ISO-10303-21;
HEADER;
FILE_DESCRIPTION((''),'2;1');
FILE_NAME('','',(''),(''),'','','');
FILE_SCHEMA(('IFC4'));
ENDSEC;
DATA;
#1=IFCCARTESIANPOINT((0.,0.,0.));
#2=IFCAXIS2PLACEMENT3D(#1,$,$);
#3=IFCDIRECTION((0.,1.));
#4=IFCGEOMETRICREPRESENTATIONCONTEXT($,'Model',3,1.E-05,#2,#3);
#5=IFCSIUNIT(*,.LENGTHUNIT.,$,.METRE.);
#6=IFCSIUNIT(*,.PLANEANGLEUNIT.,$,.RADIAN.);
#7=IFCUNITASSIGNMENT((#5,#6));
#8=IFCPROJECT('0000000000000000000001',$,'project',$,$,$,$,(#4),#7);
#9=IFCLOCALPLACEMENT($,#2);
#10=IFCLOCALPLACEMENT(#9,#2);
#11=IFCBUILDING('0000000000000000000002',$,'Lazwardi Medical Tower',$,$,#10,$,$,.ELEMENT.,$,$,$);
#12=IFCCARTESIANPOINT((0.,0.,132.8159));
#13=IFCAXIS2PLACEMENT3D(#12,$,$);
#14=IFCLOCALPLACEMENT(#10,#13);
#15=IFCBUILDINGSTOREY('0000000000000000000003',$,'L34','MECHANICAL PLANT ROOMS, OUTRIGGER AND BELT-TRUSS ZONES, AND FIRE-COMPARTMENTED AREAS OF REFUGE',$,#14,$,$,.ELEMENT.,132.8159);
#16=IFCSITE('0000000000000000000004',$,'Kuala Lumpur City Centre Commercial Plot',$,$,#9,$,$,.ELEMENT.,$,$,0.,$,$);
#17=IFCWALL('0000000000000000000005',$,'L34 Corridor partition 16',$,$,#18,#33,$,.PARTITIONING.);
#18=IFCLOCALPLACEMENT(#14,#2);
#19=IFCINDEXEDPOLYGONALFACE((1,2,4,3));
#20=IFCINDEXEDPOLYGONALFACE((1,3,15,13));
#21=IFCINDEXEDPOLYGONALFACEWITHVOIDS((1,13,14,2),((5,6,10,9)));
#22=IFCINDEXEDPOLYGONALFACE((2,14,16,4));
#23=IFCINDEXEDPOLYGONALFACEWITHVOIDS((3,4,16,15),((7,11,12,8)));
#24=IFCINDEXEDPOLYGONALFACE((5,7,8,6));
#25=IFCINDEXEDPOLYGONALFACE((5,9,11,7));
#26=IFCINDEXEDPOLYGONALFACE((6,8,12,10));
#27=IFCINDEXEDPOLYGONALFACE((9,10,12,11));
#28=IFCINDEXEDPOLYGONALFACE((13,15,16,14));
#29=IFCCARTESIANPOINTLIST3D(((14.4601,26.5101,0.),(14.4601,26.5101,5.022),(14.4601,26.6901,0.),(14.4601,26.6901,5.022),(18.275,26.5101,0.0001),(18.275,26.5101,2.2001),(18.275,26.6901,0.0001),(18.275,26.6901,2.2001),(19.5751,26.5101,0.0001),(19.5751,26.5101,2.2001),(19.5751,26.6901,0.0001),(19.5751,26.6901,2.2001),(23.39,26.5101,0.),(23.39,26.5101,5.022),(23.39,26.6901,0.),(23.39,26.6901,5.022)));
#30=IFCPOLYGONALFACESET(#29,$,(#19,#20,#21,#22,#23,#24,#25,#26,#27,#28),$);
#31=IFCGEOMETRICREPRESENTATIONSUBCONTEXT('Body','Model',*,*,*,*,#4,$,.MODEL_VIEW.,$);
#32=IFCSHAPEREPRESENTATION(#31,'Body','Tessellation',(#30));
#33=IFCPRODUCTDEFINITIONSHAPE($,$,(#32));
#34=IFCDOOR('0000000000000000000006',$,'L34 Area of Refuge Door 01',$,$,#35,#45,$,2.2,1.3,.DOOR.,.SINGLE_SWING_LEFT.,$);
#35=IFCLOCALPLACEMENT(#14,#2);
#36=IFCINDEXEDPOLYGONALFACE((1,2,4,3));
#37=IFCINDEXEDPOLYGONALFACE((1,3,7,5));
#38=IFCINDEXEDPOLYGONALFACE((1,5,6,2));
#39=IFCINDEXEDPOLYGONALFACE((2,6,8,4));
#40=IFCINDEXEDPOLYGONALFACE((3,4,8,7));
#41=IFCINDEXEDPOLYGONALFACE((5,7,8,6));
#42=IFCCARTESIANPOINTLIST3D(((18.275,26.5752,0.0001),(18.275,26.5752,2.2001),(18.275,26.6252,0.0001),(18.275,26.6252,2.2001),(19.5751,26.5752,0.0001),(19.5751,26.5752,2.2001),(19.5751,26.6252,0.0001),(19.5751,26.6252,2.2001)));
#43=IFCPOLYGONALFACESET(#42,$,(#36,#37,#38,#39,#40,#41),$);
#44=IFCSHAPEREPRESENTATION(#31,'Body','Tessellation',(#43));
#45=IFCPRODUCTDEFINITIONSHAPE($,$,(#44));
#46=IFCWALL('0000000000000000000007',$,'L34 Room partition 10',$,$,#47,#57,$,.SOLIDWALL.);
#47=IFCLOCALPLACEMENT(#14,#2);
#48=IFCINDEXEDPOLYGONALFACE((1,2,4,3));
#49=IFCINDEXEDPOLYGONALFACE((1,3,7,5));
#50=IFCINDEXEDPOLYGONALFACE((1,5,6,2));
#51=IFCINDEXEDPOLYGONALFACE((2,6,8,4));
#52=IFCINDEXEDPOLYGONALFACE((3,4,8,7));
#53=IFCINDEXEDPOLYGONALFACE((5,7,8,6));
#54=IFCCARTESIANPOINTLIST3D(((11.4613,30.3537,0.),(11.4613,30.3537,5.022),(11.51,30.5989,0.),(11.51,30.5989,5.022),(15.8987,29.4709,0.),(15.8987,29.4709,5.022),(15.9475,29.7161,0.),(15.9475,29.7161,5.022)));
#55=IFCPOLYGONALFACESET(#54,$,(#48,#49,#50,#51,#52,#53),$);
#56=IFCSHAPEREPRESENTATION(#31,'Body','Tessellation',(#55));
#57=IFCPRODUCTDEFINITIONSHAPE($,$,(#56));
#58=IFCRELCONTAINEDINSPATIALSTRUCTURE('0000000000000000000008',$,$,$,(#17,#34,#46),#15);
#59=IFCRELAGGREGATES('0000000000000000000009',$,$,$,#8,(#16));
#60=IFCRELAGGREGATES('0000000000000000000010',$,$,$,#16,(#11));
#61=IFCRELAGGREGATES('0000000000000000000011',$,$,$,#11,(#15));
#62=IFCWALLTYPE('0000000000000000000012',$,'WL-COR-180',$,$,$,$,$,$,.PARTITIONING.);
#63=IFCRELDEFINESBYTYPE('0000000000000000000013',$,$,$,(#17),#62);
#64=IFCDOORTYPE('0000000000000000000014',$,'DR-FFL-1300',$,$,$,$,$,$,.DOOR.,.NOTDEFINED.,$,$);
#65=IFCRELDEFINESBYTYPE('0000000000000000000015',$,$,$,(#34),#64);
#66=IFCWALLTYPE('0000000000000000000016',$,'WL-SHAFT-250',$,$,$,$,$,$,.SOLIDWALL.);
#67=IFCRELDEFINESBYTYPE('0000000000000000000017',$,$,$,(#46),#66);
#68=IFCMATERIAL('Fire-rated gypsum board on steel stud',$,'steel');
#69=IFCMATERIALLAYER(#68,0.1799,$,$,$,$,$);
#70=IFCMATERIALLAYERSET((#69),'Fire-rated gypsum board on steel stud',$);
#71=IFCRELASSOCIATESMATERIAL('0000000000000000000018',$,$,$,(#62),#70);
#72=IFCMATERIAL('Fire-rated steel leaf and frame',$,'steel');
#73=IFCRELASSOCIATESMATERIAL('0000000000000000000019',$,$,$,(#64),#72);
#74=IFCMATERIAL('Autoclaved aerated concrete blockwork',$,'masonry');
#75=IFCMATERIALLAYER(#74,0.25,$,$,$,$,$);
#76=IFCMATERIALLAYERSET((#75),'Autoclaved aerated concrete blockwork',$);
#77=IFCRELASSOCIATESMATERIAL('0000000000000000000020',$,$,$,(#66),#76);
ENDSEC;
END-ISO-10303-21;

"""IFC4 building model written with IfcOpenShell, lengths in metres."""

from ifc_helpers import new_model, si_unit, direction, frame, frame_2d, origin, place, context, subcontext, project, spatial, rectangle, extrude, material, layer, layer_set, type_object, element, fill, save


model = new_model("IFC4")

# Units and contexts
model_context = context("Model", 3, precision=1e-05, world=origin(), true_north=direction((0.0, 1.0)))
body_context = subcontext(model_context, "Body", "Model", "MODEL_VIEW")
ifc_project = project(units=[si_unit("LENGTHUNIT", "METRE"), si_unit("PLANEANGLEUNIT", "RADIAN")], contexts=[model_context])

# Site, building, storey
site_placement = place(None, origin())
site = spatial("IfcSite", under=ifc_project, at=site_placement, Name="Kuala Lumpur City Centre Commercial Plot", CompositionType="ELEMENT", RefElevation=0.0)
building_placement = place(site_placement, origin())
building = spatial("IfcBuilding", under=site, at=building_placement, Name="Lazwardi Medical Tower", CompositionType="ELEMENT")
storey_placement = place(building_placement, frame((0.0, 0.0, 132.8159)))
storey = spatial("IfcBuildingStorey", under=building, at=storey_placement, Name="L34", Description="MECHANICAL PLANT ROOMS, OUTRIGGER AND BELT-TRUSS ZONES, AND FIRE-COMPARTMENTED AREAS OF REFUGE", CompositionType="ELEMENT", Elevation=132.8159)

# Shared definitions
ifc_material_1 = material(Name="Fire-rated gypsum board on steel stud", Category="steel")
ifc_layer_1 = layer(ifc_material_1, 0.1799)
ifc_layer_set_1 = layer_set([ifc_layer_1], Name="Fire-rated gypsum board on steel stud")
wall_type_1 = type_object("IfcWallType", Name="WL-COR-180", PredefinedType="PARTITIONING", material=ifc_layer_set_1)

# Wall, opening, door
ifc_material_2 = material(Name="Fire-rated steel leaf and frame", Category="steel")
door_type = type_object("IfcDoorType", Name="DR-FFL-1300", OperationType="NOTDEFINED", PredefinedType="DOOR", material=ifc_material_2)
wall_1_placement = place(storey_placement, frame((23.3899, 26.6001, 0.0), z_axis=(0.0, 0.0, 1.0), x_axis=(-1.0, 0.0, 0.0)))
wall_1 = element("IfcWall", 1, at=wall_1_placement, inside=storey, type_object=wall_type_1, Name="L34 Corridor partition 16", PredefinedType="PARTITIONING", context=body_context, shape_type="SweptSolid", body=[
    extrude(rectangle(XDim=8.9299, YDim=0.1799, at=frame_2d((4.4648, 0.0))), origin(), (0.0, 0.0, 1.0), 5.022),
])
opening_1_placement = place(wall_1_placement, frame((3.8149, 0.0, 0.0)))
opening_1 = element("IfcOpeningElement", 2, at=opening_1_placement, cuts=wall_1, PredefinedType="OPENING", context=body_context, shape_type="SweptSolid", body=[
    extrude(rectangle(XDim=1.3, YDim=2.2, at=frame_2d((0.6499, 1.1001))), frame((0.0, 0.0999, 0.0), z_axis=(0.0, -1.0, 0.0), x_axis=(1.0, 0.0, 0.0)), (0.0, 0.0, 1.0), 0.2),
])
door_1_placement = place(opening_1_placement, origin())
door_1 = element("IfcDoor", 3, at=door_1_placement, inside=storey, type_object=door_type, Name="L34 Area of Refuge Door 01", OperationType="SINGLE_SWING_LEFT", OverallHeight=2.2, OverallWidth=1.3, PredefinedType="DOOR", context=body_context, shape_type="SweptSolid", body=[
    extrude(rectangle(XDim=1.3, YDim=2.2, at=frame_2d((0.6499, 1.1001))), frame((0.0, 0.0249, 0.0), z_axis=(0.0, -1.0, 0.0), x_axis=(1.0, 0.0, 0.0)), (0.0, 0.0, 1.0), 0.05),
])
fill(opening_1, door_1)

# Wall
ifc_material_3 = material(Name="Autoclaved aerated concrete blockwork", Category="masonry")
ifc_layer_2 = layer(ifc_material_3, 0.25)
ifc_layer_set_2 = layer_set([ifc_layer_2], Name="Autoclaved aerated concrete blockwork")
wall_type_2 = type_object("IfcWallType", Name="WL-SHAFT-250", PredefinedType="SOLIDWALL", material=ifc_layer_set_2)
wall_2_placement = place(storey_placement, frame((15.9231, 29.5935, 0.0), z_axis=(0.0, 0.0, 1.0), x_axis=(-0.980779, 0.19512, 0.0)))
element("IfcWall", 4, at=wall_2_placement, inside=storey, type_object=wall_type_2, Name="L34 Room partition 10", PredefinedType="SOLIDWALL", context=body_context, shape_type="SweptSolid", body=[
    extrude(rectangle(XDim=4.5244, YDim=0.25, at=frame_2d((2.2622, 0.0))), origin(), (0.0, 0.0, 1.0), 5.022),
])

save(model, "model.ifc")
